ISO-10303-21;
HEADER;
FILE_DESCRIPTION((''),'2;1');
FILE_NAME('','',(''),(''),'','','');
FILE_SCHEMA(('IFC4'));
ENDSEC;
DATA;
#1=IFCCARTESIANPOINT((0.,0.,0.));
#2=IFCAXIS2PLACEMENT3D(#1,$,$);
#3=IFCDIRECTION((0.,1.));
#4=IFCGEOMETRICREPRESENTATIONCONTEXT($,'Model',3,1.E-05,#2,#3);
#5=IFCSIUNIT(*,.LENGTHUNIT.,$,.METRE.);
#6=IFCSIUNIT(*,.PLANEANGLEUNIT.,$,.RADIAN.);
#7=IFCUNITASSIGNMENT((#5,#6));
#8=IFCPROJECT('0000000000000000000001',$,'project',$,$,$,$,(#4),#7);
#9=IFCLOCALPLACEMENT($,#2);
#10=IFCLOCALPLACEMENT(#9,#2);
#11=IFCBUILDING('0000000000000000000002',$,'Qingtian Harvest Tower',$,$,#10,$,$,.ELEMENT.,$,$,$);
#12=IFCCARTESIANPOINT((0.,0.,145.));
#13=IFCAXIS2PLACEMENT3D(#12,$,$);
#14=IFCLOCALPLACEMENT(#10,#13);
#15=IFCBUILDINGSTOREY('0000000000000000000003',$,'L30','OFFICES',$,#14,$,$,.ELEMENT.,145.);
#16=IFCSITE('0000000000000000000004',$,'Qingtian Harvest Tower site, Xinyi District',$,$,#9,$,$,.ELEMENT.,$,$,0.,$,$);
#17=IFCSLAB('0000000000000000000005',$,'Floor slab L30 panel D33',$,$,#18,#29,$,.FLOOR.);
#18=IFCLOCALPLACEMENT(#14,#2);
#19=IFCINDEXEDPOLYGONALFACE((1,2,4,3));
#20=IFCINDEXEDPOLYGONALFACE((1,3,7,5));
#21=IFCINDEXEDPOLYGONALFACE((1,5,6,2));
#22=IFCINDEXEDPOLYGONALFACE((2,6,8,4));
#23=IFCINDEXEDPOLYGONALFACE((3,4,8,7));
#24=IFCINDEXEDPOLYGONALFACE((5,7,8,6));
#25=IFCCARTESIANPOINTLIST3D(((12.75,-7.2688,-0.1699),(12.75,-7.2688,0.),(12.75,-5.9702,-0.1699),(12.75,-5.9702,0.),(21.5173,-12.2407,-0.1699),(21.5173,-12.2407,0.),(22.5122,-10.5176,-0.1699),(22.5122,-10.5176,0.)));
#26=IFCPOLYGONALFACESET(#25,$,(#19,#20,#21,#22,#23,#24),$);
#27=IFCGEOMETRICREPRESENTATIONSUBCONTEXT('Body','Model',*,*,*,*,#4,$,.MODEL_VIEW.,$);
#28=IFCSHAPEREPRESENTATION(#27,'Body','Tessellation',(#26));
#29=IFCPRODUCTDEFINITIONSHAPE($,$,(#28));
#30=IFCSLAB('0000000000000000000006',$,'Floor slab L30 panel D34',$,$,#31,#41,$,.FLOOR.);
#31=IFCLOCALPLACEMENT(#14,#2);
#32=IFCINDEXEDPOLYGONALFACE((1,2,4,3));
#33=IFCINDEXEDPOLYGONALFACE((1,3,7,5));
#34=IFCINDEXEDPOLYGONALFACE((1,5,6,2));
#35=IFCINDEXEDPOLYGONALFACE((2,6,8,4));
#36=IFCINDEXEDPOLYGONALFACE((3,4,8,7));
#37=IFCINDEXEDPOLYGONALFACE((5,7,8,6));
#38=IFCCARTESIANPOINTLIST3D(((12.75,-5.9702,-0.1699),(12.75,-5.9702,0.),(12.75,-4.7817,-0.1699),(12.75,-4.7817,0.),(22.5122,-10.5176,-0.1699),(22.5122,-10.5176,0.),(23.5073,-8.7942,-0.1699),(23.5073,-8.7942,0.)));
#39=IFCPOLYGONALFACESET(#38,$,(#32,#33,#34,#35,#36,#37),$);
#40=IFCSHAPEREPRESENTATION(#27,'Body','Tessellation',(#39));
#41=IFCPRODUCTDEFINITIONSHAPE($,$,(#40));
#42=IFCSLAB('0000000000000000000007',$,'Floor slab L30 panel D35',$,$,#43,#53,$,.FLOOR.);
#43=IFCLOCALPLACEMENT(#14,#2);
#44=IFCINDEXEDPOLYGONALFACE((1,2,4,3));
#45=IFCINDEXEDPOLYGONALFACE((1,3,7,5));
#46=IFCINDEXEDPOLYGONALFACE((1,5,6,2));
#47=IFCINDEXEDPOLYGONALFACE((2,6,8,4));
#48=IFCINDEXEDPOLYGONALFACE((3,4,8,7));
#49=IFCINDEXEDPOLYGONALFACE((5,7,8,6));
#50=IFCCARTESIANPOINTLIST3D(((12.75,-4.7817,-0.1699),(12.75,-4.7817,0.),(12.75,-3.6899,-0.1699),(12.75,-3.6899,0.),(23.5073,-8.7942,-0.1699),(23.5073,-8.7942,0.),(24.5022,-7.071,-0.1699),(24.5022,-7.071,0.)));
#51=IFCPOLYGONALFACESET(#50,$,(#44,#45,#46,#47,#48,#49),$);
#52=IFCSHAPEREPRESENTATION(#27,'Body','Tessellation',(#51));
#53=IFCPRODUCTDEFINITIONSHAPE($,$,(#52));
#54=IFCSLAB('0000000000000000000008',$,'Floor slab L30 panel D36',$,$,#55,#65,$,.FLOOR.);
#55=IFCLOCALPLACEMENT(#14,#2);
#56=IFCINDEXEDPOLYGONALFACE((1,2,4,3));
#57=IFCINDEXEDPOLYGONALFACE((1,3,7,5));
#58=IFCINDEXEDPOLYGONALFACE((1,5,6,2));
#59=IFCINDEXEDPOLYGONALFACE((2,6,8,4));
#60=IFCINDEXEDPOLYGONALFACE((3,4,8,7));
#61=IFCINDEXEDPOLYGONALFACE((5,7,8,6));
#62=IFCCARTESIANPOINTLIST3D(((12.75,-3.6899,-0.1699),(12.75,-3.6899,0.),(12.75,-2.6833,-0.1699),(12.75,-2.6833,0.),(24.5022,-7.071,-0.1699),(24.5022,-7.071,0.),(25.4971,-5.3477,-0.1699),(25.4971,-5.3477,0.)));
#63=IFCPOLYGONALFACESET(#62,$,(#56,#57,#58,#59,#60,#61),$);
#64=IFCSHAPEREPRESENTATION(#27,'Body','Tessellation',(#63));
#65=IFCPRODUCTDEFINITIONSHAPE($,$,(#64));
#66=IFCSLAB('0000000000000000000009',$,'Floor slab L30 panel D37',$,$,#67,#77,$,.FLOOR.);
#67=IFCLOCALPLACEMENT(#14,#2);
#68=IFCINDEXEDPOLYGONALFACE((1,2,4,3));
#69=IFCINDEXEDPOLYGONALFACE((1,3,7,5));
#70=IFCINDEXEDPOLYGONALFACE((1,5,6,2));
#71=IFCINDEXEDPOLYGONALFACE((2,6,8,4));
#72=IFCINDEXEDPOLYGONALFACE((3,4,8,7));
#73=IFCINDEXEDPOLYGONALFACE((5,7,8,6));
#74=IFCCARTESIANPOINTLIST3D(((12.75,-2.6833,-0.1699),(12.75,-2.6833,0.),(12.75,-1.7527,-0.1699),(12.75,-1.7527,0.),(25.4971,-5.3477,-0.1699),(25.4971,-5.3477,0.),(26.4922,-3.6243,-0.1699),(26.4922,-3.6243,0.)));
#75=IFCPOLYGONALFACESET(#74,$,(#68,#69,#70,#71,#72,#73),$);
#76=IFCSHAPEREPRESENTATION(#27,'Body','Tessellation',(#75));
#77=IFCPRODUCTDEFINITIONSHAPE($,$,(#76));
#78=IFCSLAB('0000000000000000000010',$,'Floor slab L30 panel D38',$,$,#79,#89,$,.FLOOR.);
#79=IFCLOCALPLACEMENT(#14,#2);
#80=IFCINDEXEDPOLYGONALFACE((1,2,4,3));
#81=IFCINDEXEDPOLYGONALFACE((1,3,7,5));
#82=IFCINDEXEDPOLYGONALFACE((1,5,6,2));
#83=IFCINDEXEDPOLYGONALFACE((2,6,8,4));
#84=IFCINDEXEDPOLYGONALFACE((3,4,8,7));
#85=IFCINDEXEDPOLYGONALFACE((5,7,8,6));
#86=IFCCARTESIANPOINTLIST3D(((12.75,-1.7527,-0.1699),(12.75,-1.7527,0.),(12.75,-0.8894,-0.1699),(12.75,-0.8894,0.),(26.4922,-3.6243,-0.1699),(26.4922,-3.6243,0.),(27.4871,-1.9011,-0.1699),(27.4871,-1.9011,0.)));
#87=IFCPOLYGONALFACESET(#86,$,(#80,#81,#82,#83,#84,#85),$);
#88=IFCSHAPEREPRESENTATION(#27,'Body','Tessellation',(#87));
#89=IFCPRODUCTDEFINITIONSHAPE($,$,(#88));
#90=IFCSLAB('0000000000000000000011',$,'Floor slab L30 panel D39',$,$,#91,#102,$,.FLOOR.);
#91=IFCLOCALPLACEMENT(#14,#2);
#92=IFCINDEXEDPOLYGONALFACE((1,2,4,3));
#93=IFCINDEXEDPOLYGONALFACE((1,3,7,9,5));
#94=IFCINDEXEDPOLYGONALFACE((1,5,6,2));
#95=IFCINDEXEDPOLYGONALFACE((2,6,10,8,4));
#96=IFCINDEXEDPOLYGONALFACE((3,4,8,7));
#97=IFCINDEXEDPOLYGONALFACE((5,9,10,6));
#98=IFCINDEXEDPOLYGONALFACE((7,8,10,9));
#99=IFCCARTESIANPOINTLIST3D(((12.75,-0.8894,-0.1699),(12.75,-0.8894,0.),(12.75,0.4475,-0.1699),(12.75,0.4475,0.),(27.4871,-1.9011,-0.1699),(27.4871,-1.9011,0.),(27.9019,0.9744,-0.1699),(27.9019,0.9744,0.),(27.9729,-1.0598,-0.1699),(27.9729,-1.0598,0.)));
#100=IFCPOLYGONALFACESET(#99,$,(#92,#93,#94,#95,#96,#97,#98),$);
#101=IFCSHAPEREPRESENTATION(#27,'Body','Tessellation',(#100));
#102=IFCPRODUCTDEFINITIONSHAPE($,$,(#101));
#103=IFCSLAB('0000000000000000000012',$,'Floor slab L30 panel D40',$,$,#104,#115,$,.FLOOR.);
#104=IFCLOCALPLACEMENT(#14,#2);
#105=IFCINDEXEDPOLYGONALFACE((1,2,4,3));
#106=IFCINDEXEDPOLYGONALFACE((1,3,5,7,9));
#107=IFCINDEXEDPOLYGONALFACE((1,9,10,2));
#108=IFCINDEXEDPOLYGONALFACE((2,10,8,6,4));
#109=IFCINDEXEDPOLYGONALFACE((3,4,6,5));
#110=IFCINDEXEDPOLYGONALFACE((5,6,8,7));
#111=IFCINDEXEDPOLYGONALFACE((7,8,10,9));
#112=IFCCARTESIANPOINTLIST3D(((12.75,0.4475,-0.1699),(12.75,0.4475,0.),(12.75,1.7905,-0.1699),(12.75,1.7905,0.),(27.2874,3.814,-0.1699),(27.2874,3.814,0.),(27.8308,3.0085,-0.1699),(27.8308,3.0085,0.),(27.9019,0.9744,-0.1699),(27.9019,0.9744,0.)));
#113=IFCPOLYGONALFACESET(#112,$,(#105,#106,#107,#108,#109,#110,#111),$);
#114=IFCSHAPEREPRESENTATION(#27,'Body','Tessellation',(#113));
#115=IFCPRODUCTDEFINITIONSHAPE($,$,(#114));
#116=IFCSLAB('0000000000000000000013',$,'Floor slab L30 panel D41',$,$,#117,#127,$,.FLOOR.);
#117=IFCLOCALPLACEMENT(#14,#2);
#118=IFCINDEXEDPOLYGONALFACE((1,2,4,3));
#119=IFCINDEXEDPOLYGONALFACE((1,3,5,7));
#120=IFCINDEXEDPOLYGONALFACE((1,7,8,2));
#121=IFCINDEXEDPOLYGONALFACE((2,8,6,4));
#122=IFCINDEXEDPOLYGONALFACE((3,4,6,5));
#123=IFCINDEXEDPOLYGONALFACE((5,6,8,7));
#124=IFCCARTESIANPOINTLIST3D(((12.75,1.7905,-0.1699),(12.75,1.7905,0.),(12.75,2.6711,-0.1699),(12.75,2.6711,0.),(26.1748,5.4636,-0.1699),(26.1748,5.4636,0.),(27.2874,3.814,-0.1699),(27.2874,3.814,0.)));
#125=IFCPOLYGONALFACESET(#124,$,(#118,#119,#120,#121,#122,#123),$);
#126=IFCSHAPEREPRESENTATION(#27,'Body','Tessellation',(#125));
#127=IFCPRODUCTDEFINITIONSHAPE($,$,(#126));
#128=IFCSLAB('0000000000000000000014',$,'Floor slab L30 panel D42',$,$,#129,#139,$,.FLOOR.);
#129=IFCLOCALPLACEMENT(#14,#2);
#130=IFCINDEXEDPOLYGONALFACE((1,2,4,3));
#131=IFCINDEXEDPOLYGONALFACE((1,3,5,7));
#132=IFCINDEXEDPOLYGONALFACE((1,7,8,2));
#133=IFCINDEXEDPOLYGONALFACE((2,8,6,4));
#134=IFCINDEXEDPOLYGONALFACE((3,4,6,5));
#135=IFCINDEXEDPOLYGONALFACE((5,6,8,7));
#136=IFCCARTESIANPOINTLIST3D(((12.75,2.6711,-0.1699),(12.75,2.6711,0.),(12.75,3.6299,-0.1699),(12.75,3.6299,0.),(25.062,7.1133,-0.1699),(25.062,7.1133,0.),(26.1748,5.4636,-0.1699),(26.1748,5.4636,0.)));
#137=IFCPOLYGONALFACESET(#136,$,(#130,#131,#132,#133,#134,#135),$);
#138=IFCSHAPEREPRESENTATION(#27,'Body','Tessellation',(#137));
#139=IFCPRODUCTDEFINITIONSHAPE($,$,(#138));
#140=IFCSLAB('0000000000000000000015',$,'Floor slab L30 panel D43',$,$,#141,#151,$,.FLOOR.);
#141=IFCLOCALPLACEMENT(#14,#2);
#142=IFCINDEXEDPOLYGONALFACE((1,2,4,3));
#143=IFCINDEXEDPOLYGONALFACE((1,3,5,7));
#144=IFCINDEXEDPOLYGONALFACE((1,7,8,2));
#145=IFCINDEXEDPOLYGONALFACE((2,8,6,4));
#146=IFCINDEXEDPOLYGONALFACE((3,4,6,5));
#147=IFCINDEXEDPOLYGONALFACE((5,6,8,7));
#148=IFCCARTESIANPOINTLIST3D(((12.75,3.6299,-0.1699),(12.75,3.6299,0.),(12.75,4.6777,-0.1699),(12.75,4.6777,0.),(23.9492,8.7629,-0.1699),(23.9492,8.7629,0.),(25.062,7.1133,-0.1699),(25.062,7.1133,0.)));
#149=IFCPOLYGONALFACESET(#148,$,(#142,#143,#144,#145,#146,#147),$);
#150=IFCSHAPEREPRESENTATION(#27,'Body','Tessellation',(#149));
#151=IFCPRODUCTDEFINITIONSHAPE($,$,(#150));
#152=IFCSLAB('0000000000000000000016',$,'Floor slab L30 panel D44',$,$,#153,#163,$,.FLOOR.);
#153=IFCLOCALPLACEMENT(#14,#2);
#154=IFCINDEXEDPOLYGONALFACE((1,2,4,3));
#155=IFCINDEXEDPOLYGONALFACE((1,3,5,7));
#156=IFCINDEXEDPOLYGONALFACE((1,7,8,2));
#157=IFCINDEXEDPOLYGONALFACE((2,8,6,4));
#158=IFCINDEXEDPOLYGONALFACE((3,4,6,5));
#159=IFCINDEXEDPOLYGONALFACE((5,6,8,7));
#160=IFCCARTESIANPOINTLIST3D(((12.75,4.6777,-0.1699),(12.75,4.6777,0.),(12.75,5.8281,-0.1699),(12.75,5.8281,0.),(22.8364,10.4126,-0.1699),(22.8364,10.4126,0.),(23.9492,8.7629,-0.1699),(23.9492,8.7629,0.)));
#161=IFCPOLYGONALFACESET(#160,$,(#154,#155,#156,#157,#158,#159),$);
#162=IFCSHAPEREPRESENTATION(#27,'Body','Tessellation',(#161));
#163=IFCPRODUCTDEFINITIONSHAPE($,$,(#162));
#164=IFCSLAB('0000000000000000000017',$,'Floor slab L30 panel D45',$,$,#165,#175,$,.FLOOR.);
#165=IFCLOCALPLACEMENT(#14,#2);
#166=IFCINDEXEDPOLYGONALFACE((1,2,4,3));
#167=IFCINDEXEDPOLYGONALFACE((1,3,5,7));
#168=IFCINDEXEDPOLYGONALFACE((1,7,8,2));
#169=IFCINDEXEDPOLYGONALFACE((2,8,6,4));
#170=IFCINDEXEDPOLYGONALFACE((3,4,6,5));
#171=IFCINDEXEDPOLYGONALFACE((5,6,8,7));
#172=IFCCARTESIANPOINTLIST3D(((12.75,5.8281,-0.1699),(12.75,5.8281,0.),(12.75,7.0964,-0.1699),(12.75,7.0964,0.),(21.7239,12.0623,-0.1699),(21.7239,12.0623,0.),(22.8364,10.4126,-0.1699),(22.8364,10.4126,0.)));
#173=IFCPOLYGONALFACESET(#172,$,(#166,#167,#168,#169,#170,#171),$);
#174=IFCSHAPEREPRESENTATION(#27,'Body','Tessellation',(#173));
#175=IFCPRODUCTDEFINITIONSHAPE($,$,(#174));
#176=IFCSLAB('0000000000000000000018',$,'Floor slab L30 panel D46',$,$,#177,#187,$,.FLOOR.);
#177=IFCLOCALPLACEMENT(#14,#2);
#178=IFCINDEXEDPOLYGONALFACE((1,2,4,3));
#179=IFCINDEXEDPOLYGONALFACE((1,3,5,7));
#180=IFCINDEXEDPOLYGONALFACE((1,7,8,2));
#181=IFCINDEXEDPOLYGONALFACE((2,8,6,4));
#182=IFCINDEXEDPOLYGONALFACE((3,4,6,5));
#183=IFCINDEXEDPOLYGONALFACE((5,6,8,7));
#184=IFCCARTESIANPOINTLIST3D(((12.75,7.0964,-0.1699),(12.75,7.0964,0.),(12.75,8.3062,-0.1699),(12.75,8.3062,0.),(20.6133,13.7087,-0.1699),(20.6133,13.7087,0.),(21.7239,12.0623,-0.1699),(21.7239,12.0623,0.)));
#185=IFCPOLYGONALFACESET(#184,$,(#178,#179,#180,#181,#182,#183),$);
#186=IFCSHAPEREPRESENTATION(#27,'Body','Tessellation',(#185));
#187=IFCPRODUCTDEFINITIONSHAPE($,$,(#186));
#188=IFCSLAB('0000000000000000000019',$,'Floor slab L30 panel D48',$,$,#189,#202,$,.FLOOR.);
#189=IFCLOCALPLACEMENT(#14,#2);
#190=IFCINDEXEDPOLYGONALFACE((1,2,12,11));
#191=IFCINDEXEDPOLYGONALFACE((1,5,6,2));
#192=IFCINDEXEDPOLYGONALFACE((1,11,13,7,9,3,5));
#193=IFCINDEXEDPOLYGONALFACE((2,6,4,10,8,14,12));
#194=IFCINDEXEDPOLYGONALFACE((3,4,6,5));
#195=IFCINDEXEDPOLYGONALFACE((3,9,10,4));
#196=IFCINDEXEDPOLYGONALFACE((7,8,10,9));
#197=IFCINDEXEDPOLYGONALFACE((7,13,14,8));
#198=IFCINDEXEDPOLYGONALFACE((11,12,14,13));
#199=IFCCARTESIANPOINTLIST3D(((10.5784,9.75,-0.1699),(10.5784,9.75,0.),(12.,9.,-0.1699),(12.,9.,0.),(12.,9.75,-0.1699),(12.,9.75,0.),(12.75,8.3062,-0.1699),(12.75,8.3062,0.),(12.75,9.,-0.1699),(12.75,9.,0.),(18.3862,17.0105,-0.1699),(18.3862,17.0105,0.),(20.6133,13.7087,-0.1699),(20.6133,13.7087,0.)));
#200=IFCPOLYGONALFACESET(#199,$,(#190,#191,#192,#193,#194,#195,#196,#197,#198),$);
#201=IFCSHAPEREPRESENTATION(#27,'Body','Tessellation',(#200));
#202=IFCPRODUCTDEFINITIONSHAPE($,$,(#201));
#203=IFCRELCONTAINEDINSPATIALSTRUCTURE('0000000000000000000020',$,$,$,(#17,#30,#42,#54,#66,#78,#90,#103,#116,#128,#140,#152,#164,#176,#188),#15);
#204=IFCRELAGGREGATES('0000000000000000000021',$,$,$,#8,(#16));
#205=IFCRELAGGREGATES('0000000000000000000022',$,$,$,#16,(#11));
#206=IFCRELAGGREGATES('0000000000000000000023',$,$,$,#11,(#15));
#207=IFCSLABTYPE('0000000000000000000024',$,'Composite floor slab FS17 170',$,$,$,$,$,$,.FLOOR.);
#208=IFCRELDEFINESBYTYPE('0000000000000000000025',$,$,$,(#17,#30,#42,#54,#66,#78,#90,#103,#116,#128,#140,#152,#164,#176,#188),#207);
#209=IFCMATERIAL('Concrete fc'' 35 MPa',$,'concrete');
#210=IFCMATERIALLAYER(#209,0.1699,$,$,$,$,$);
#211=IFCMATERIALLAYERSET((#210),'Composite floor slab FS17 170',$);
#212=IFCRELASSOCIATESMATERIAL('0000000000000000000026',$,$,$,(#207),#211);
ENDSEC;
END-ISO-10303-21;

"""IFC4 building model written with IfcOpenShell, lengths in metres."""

from ifc_helpers import new_model, si_unit, direction, frame, origin, place, context, subcontext, project, spatial, polyline, outline, extrude, material, layer, layer_set, type_object, element, save


model = new_model("IFC4")

# Units and contexts
model_context = context("Model", 3, precision=1e-05, world=origin(), true_north=direction((0.0, 1.0)))
body_context = subcontext(model_context, "Body", "Model", "MODEL_VIEW")
ifc_project = project(units=[si_unit("LENGTHUNIT", "METRE"), si_unit("PLANEANGLEUNIT", "RADIAN")], contexts=[model_context])

# Site, building, storey
site_placement = place(None, origin())
site = spatial("IfcSite", under=ifc_project, at=site_placement, Name="Qingtian Harvest Tower site, Xinyi District", CompositionType="ELEMENT", RefElevation=0.0)
building_placement = place(site_placement, origin())
building = spatial("IfcBuilding", under=site, at=building_placement, Name="Qingtian Harvest Tower", CompositionType="ELEMENT")
storey_placement = place(building_placement, frame((0.0, 0.0, 145.0)))
storey = spatial("IfcBuildingStorey", under=building, at=storey_placement, Name="L30", Description="OFFICES", CompositionType="ELEMENT", Elevation=145.0)

# Slabs
ifc_material_1 = material(Name="Concrete fc' 35 MPa", Category="concrete")
ifc_layer_1 = layer(ifc_material_1, 0.1699)
ifc_layer_set_1 = layer_set([ifc_layer_1], Name="Composite floor slab FS17 170")
slab_type = type_object("IfcSlabType", Name="Composite floor slab FS17 170", PredefinedType="FLOOR", material=ifc_layer_set_1)
slab_1_placement = place(storey_placement, frame((0.0, 0.0, -0.1699)))
element("IfcSlab", 1, at=slab_1_placement, inside=storey, type_object=slab_type, Name="Floor slab L30 panel D33", PredefinedType="FLOOR", context=body_context, shape_type="SweptSolid", body=[
    extrude(outline(polyline([(12.75, -5.9702), (22.5122, -10.5176), (21.5173, -12.2407), (12.75, -7.2688), (12.75, -5.9702)])), origin(), (0.0, 0.0, 1.0), 0.1699),
])
slab_2_placement = place(storey_placement, frame((0.0, 0.0, -0.1699)))
element("IfcSlab", 2, at=slab_2_placement, inside=storey, type_object=slab_type, Name="Floor slab L30 panel D34", PredefinedType="FLOOR", context=body_context, shape_type="SweptSolid", body=[
    extrude(outline(polyline([(12.75, -4.7817), (23.5073, -8.7942), (22.5122, -10.5176), (12.75, -5.9702), (12.75, -4.7817)])), origin(), (0.0, 0.0, 1.0), 0.1699),
])
slab_3_placement = place(storey_placement, frame((0.0, 0.0, -0.1699)))
element("IfcSlab", 3, at=slab_3_placement, inside=storey, type_object=slab_type, Name="Floor slab L30 panel D35", PredefinedType="FLOOR", context=body_context, shape_type="SweptSolid", body=[
    extrude(outline(polyline([(12.75, -3.6899), (24.5022, -7.071), (23.5073, -8.7942), (12.75, -4.7817), (12.75, -3.6899)])), origin(), (0.0, 0.0, 1.0), 0.1699),
])
slab_4_placement = place(storey_placement, frame((0.0, 0.0, -0.1699)))
element("IfcSlab", 4, at=slab_4_placement, inside=storey, type_object=slab_type, Name="Floor slab L30 panel D36", PredefinedType="FLOOR", context=body_context, shape_type="SweptSolid", body=[
    extrude(outline(polyline([(12.75, -2.6833), (25.4971, -5.3477), (24.5022, -7.071), (12.75, -3.6899), (12.75, -2.6833)])), origin(), (0.0, 0.0, 1.0), 0.1699),
])
slab_5_placement = place(storey_placement, frame((0.0, 0.0, -0.1699)))
element("IfcSlab", 5, at=slab_5_placement, inside=storey, type_object=slab_type, Name="Floor slab L30 panel D37", PredefinedType="FLOOR", context=body_context, shape_type="SweptSolid", body=[
    extrude(outline(polyline([(12.75, -1.7527), (26.4922, -3.6243), (25.4971, -5.3477), (12.75, -2.6833), (12.75, -1.7527)])), origin(), (0.0, 0.0, 1.0), 0.1699),
])
slab_6_placement = place(storey_placement, frame((0.0, 0.0, -0.1699)))
element("IfcSlab", 6, at=slab_6_placement, inside=storey, type_object=slab_type, Name="Floor slab L30 panel D38", PredefinedType="FLOOR", context=body_context, shape_type="SweptSolid", body=[
    extrude(outline(polyline([(12.75, -0.8894), (27.4871, -1.9011), (26.4922, -3.6243), (12.75, -1.7527), (12.75, -0.8894)])), origin(), (0.0, 0.0, 1.0), 0.1699),
])
slab_7_placement = place(storey_placement, frame((0.0, 0.0, -0.1699)))
element("IfcSlab", 7, at=slab_7_placement, inside=storey, type_object=slab_type, Name="Floor slab L30 panel D39", PredefinedType="FLOOR", context=body_context, shape_type="SweptSolid", body=[
    extrude(outline(polyline([(12.75, -0.8894), (12.75, 0.4475), (27.9019, 0.9744), (27.9729, -1.0598), (27.4871, -1.9011), (12.75, -0.8894)])), origin(), (0.0, 0.0, 1.0), 0.1699),
])
slab_8_placement = place(storey_placement, frame((0.0, 0.0, -0.1699)))
element("IfcSlab", 8, at=slab_8_placement, inside=storey, type_object=slab_type, Name="Floor slab L30 panel D40", PredefinedType="FLOOR", context=body_context, shape_type="SweptSolid", body=[
    extrude(outline(polyline([(12.75, 0.4475), (12.75, 1.7905), (27.2874, 3.814), (27.8308, 3.0085), (27.9019, 0.9744), (12.75, 0.4475)])), origin(), (0.0, 0.0, 1.0), 0.1699),
])
slab_9_placement = place(storey_placement, frame((0.0, 0.0, -0.1699)))
element("IfcSlab", 9, at=slab_9_placement, inside=storey, type_object=slab_type, Name="Floor slab L30 panel D41", PredefinedType="FLOOR", context=body_context, shape_type="SweptSolid", body=[
    extrude(outline(polyline([(12.75, 2.6711), (26.1748, 5.4636), (27.2874, 3.814), (12.75, 1.7905), (12.75, 2.6711)])), origin(), (0.0, 0.0, 1.0), 0.1699),
])
slab_10_placement = place(storey_placement, frame((0.0, 0.0, -0.1699)))
element("IfcSlab", 10, at=slab_10_placement, inside=storey, type_object=slab_type, Name="Floor slab L30 panel D42", PredefinedType="FLOOR", context=body_context, shape_type="SweptSolid", body=[
    extrude(outline(polyline([(12.75, 3.6299), (25.062, 7.1133), (26.1748, 5.4636), (12.75, 2.6711), (12.75, 3.6299)])), origin(), (0.0, 0.0, 1.0), 0.1699),
])
slab_11_placement = place(storey_placement, frame((0.0, 0.0, -0.1699)))
element("IfcSlab", 11, at=slab_11_placement, inside=storey, type_object=slab_type, Name="Floor slab L30 panel D43", PredefinedType="FLOOR", context=body_context, shape_type="SweptSolid", body=[
    extrude(outline(polyline([(12.75, 4.6777), (23.9492, 8.7629), (25.062, 7.1133), (12.75, 3.6299), (12.75, 4.6777)])), origin(), (0.0, 0.0, 1.0), 0.1699),
])
slab_12_placement = place(storey_placement, frame((0.0, 0.0, -0.1699)))
element("IfcSlab", 12, at=slab_12_placement, inside=storey, type_object=slab_type, Name="Floor slab L30 panel D44", PredefinedType="FLOOR", context=body_context, shape_type="SweptSolid", body=[
    extrude(outline(polyline([(12.75, 5.8281), (22.8364, 10.4126), (23.9492, 8.7629), (12.75, 4.6777), (12.75, 5.8281)])), origin(), (0.0, 0.0, 1.0), 0.1699),
])
slab_13_placement = place(storey_placement, frame((0.0, 0.0, -0.1699)))
element("IfcSlab", 13, at=slab_13_placement, inside=storey, type_object=slab_type, Name="Floor slab L30 panel D45", PredefinedType="FLOOR", context=body_context, shape_type="SweptSolid", body=[
    extrude(outline(polyline([(12.75, 7.0964), (21.7239, 12.0623), (22.8364, 10.4126), (12.75, 5.8281), (12.75, 7.0964)])), origin(), (0.0, 0.0, 1.0), 0.1699),
])
slab_14_placement = place(storey_placement, frame((0.0, 0.0, -0.1699)))
element("IfcSlab", 14, at=slab_14_placement, inside=storey, type_object=slab_type, Name="Floor slab L30 panel D46", PredefinedType="FLOOR", context=body_context, shape_type="SweptSolid", body=[
    extrude(outline(polyline([(12.75, 8.3062), (20.6133, 13.7087), (21.7239, 12.0623), (12.75, 7.0964), (12.75, 8.3062)])), origin(), (0.0, 0.0, 1.0), 0.1699),
])
slab_15_placement = place(storey_placement, frame((0.0, 0.0, -0.1699)))
element("IfcSlab", 15, at=slab_15_placement, inside=storey, type_object=slab_type, Name="Floor slab L30 panel D48", PredefinedType="FLOOR", context=body_context, shape_type="SweptSolid", body=[
    extrude(outline(polyline([(18.3862, 17.0105), (20.6133, 13.7087), (12.75, 8.3062), (12.75, 9.0), (12.0, 9.0), (12.0, 9.75), (10.5784, 9.75), (18.3862, 17.0105)])), origin(), (0.0, 0.0, 1.0), 0.1699),
])

save(model, "model.ifc")
